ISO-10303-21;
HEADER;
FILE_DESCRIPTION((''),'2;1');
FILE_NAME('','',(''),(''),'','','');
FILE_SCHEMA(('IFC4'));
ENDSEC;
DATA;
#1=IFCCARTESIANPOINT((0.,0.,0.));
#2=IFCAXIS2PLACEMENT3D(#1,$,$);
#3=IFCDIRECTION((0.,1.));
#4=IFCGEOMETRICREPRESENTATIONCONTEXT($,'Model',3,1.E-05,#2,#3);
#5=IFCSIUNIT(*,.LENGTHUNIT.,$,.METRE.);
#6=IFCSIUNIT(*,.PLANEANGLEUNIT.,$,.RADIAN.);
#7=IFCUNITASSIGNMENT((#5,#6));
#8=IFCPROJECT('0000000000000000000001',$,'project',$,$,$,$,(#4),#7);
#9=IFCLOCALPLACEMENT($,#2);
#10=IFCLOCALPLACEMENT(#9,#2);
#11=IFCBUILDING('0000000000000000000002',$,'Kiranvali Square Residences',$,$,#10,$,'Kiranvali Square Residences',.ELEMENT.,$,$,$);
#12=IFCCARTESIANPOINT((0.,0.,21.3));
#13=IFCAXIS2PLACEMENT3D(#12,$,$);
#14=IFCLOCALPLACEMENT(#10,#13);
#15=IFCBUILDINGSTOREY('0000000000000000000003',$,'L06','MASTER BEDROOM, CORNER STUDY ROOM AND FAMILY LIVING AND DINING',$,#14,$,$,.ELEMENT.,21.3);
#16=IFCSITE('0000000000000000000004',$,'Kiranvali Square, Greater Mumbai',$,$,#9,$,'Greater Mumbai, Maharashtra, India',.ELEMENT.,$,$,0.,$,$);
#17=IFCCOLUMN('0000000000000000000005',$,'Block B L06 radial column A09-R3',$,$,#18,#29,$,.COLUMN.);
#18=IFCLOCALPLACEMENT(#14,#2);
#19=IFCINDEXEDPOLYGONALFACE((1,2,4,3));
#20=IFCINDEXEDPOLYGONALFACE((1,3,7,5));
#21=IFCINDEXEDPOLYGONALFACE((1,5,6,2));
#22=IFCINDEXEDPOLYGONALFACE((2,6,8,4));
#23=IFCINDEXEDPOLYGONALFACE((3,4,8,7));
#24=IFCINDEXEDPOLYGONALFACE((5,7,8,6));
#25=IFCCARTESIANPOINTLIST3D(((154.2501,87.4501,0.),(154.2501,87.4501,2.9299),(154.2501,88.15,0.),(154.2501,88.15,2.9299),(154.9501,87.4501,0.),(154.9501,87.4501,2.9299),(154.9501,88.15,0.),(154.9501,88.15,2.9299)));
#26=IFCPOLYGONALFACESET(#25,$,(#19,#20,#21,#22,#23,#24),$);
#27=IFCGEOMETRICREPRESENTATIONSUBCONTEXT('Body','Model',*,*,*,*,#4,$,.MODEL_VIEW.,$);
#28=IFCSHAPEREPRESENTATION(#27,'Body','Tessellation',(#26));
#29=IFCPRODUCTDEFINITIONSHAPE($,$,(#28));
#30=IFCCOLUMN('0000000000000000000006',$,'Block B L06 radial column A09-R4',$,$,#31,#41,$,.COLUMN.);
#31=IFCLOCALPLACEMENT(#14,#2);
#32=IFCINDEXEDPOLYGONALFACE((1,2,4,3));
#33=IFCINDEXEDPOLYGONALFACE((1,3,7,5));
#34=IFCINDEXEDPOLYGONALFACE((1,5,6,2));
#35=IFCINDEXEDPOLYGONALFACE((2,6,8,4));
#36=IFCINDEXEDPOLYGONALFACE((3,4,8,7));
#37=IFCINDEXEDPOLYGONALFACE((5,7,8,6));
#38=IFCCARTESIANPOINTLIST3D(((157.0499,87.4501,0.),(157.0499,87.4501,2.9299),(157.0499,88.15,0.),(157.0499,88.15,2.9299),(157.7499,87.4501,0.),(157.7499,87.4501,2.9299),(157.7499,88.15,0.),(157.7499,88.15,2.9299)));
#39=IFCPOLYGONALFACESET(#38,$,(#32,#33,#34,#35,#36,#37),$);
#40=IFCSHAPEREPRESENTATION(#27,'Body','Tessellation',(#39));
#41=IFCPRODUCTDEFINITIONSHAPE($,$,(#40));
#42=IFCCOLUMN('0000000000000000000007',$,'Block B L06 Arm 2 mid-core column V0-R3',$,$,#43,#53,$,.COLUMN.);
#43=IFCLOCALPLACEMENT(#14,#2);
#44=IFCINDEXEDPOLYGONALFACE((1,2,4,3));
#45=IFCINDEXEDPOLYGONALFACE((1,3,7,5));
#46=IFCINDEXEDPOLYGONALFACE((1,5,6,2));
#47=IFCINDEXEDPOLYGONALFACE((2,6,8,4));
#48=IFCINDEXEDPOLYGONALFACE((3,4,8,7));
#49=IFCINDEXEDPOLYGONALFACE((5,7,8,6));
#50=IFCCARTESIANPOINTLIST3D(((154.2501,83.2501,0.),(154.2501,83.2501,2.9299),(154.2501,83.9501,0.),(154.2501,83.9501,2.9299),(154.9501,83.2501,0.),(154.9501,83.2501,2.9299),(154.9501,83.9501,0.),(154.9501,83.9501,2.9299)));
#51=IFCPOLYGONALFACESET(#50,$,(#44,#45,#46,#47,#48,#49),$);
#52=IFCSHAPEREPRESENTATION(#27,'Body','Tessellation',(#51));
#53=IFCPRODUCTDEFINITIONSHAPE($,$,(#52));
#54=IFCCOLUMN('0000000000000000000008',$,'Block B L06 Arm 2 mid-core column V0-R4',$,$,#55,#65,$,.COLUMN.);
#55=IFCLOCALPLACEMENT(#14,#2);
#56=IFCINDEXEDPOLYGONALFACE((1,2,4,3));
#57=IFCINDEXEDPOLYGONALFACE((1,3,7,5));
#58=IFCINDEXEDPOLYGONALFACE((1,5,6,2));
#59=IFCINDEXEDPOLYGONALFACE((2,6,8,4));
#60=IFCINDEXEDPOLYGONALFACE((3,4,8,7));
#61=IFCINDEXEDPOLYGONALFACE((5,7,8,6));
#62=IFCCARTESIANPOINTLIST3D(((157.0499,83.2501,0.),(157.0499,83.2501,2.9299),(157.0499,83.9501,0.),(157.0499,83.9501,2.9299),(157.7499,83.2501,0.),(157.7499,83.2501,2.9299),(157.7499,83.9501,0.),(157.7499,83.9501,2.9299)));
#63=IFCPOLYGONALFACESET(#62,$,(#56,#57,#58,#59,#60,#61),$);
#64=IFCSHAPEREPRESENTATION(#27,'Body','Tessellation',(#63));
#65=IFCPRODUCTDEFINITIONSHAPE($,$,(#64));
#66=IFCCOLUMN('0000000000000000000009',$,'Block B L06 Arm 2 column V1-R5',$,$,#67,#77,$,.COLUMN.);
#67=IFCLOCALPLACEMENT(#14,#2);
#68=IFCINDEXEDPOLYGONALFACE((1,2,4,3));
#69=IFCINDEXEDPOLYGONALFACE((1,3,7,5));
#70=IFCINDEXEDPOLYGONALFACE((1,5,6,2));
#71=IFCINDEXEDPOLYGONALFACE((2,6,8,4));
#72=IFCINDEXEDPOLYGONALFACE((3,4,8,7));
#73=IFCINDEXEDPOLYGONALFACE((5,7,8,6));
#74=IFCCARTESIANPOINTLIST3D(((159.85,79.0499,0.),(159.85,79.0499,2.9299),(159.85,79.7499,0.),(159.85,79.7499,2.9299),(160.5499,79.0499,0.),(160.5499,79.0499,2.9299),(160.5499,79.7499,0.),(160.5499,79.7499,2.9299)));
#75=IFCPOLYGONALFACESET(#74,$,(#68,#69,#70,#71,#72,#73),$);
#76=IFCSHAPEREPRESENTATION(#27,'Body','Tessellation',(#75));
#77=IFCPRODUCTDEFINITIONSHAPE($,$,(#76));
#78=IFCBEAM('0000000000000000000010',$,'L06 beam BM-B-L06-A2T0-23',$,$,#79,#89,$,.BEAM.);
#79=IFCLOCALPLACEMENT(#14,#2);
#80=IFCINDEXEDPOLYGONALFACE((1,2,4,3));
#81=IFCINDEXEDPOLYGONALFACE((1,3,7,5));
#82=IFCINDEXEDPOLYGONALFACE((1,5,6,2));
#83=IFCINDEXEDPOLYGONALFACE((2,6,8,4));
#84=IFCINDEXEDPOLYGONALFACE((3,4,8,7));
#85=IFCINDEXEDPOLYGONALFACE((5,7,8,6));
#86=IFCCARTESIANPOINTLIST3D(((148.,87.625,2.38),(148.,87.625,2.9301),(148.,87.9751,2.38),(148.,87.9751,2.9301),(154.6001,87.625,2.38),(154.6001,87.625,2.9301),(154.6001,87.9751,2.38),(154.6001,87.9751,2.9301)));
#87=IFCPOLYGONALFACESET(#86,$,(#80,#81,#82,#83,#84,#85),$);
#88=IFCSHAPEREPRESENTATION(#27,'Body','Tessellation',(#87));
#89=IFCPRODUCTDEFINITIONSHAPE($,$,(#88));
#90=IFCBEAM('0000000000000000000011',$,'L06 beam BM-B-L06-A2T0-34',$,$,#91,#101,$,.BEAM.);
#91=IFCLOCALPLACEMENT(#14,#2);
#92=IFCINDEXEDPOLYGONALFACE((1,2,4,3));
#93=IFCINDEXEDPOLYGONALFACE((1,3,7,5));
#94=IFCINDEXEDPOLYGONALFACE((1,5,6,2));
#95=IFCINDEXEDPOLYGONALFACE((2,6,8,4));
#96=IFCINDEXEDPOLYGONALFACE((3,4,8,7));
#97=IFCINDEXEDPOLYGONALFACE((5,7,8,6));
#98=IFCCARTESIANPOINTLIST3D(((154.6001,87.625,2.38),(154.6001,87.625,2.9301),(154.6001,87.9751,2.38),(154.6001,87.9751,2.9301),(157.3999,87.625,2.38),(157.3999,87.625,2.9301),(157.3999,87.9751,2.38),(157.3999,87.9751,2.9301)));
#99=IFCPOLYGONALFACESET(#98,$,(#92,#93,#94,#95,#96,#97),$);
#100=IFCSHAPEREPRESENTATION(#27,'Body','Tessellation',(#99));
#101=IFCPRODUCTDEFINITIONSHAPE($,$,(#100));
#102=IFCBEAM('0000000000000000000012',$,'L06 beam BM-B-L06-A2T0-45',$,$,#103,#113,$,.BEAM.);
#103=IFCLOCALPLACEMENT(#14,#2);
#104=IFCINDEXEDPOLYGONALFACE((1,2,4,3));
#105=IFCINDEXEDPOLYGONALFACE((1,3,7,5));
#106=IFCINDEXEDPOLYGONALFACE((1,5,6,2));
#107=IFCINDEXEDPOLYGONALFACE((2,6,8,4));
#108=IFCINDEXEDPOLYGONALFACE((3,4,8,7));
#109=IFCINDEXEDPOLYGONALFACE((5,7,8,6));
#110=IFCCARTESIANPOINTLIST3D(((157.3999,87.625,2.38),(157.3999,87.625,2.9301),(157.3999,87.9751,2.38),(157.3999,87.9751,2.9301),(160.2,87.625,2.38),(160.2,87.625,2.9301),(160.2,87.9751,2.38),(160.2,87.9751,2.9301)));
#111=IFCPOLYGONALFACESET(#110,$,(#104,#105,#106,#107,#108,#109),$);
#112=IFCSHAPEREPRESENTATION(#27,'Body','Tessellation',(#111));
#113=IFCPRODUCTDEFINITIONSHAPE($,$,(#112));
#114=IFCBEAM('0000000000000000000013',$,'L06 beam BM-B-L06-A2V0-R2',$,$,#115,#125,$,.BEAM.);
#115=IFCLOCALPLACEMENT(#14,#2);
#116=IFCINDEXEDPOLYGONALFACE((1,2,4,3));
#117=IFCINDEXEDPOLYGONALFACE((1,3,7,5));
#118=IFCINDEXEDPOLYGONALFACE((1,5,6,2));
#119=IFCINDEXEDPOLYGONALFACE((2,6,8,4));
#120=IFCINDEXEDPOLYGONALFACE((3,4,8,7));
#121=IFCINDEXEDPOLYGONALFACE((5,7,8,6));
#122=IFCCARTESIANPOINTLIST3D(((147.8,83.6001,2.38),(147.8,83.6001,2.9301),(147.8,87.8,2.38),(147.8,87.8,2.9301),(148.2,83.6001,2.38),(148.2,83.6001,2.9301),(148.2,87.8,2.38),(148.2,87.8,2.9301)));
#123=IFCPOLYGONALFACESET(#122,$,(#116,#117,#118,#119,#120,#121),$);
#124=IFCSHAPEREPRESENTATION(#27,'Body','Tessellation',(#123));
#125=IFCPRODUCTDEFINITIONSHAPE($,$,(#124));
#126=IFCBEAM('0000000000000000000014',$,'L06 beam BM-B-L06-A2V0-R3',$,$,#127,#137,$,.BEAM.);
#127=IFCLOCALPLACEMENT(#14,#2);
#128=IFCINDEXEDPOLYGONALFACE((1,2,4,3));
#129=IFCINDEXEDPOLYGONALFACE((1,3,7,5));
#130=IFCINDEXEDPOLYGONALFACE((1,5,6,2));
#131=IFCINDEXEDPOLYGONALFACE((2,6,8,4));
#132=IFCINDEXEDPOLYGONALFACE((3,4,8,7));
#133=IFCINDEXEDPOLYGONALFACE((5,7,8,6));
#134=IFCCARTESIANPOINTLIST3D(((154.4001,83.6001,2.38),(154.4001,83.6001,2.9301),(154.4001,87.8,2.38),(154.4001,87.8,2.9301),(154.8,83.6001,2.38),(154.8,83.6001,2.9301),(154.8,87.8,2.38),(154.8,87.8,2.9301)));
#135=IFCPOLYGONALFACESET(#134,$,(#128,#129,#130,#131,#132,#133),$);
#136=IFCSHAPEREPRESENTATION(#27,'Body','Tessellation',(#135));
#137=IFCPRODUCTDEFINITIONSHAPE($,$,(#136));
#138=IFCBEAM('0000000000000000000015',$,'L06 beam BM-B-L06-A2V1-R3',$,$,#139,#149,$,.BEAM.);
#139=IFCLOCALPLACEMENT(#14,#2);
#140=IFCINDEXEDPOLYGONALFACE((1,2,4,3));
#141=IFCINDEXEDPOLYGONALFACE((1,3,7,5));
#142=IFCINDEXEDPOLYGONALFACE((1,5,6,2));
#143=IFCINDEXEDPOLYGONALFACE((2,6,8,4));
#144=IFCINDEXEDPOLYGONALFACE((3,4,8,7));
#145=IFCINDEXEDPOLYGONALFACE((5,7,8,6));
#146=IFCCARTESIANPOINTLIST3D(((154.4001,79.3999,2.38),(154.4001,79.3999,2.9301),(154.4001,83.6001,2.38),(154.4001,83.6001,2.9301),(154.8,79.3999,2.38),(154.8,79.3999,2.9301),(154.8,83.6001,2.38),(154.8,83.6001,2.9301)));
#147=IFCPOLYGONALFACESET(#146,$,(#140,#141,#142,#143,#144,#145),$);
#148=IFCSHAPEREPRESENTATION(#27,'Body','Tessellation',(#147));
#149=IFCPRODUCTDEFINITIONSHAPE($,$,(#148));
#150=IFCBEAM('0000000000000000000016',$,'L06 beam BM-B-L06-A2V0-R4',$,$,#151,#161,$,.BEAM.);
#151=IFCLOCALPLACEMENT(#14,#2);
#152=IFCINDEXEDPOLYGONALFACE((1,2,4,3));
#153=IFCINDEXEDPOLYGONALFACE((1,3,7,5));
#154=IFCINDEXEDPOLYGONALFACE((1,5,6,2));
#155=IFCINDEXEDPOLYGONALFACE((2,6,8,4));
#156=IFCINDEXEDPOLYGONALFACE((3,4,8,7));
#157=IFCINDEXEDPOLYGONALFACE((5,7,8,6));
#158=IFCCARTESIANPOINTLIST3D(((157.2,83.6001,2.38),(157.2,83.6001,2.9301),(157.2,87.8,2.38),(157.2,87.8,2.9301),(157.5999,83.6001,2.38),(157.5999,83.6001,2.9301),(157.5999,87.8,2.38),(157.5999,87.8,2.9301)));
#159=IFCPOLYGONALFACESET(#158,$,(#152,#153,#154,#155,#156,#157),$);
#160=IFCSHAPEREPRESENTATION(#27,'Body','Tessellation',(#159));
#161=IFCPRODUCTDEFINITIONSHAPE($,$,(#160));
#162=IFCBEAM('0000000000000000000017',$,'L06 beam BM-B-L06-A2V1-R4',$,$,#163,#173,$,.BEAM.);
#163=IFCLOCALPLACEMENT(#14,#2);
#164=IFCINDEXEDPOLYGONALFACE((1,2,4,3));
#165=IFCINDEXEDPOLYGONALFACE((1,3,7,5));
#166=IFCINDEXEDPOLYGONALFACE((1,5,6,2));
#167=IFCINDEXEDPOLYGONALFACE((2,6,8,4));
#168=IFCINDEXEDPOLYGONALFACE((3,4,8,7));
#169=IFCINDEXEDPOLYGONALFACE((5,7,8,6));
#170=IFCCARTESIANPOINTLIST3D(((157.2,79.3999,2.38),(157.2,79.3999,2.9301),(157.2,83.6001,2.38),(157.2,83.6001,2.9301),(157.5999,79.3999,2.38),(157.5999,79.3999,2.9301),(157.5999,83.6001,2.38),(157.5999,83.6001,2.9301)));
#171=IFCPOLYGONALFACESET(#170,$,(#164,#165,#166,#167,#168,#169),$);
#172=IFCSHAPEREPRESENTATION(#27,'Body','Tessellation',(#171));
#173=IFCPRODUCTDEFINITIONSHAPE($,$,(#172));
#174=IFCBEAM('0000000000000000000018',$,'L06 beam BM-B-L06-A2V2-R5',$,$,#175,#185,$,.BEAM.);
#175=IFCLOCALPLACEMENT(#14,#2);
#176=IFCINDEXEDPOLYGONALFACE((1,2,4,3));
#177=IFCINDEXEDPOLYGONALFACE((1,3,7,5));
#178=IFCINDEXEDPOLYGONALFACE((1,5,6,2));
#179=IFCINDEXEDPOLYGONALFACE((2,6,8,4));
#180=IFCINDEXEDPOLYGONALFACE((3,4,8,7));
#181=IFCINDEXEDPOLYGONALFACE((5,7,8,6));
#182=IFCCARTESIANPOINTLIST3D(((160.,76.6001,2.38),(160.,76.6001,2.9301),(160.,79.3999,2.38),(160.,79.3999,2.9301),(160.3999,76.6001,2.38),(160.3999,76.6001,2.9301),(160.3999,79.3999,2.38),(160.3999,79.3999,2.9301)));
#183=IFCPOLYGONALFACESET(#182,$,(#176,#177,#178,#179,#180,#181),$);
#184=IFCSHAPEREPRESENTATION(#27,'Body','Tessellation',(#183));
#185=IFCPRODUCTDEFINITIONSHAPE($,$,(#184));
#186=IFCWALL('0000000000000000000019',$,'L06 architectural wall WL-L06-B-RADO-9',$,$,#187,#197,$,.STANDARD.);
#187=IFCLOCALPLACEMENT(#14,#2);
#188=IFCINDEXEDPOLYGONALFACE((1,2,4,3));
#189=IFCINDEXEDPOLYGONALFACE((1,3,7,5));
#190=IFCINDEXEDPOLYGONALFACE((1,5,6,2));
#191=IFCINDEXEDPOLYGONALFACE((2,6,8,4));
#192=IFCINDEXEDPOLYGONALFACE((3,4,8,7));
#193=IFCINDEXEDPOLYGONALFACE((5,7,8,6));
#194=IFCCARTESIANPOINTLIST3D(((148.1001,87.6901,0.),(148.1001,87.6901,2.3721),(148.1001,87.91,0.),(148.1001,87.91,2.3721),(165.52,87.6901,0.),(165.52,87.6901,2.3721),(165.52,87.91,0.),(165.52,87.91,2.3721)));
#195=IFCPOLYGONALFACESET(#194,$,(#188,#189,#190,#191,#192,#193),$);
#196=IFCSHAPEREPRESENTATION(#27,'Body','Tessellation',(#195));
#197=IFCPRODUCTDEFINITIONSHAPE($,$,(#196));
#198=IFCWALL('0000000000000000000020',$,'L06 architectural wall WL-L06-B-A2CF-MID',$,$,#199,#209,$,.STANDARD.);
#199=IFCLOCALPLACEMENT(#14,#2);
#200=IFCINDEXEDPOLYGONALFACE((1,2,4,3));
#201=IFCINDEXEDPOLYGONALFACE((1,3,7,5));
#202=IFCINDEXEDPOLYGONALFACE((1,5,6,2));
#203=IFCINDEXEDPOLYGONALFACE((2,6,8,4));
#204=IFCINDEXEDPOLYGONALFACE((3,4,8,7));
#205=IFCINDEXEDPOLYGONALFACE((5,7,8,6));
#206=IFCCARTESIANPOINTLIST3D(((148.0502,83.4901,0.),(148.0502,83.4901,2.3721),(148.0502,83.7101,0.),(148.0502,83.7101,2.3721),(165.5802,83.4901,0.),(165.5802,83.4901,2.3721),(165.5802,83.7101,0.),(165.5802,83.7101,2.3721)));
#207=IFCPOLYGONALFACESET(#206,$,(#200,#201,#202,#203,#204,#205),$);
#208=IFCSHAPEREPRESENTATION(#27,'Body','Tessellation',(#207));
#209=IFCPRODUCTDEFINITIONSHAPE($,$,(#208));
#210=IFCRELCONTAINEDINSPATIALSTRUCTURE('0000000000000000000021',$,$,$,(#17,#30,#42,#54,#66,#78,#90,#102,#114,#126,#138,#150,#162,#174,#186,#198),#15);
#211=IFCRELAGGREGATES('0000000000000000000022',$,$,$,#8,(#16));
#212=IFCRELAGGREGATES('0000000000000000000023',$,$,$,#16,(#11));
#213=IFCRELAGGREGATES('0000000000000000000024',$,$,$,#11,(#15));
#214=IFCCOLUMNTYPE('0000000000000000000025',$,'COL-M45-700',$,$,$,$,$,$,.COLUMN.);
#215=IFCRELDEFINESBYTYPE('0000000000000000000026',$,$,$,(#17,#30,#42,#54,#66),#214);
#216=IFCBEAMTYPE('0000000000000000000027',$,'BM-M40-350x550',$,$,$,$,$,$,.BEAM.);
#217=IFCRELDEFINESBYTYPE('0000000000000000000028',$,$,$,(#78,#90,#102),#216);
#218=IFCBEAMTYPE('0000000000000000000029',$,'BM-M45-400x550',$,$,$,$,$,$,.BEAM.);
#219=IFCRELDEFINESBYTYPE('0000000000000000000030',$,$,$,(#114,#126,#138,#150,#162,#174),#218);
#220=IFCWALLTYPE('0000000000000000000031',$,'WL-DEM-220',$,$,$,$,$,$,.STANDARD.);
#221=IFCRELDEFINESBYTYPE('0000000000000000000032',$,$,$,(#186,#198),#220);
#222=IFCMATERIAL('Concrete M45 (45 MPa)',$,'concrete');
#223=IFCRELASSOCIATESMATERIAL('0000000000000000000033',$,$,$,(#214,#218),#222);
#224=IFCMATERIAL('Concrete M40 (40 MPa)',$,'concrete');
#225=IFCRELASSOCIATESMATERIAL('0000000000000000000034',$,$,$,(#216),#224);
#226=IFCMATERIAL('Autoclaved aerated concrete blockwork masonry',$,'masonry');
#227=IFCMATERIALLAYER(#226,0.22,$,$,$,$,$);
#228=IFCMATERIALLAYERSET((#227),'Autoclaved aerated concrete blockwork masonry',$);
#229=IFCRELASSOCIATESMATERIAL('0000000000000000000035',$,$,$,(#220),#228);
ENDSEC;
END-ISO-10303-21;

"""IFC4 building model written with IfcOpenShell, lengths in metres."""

from ifc_helpers import new_model, si_unit, direction, frame, frame_2d, origin, origin_2d, place, context, subcontext, project, spatial, rectangle, extrude, material, layer, layer_set, material_profile, profile_set, type_object, element, save


model = new_model("IFC4")

# Units and contexts
model_context = context("Model", 3, precision=1e-05, world=origin(), true_north=direction((0.0, 1.0)))
body_context = subcontext(model_context, "Body", "Model", "MODEL_VIEW")
ifc_project = project(units=[si_unit("LENGTHUNIT", "METRE"), si_unit("PLANEANGLEUNIT", "RADIAN")], contexts=[model_context])

# Site, building, storey
site_placement = place(None, origin())
site = spatial("IfcSite", under=ifc_project, at=site_placement, Name="Kiranvali Square, Greater Mumbai", LongName="Greater Mumbai, Maharashtra, India", CompositionType="ELEMENT", RefElevation=0.0)
building_placement = place(site_placement, origin())
building = spatial("IfcBuilding", under=site, at=building_placement, Name="Kiranvali Square Residences", LongName="Kiranvali Square Residences", CompositionType="ELEMENT")
storey_placement = place(building_placement, frame((0.0, 0.0, 21.3)))
storey = spatial("IfcBuildingStorey", under=building, at=storey_placement, Name="L06", Description="MASTER BEDROOM, CORNER STUDY ROOM AND FAMILY LIVING AND DINING", CompositionType="ELEMENT", Elevation=21.3)

# Columns
ifc_material_1 = material(Name="Concrete M45 (45 MPa)", Category="concrete")
ifc_material_profile_1 = material_profile(ifc_material_1, rectangle(XDim=0.7, YDim=0.7, at=origin_2d()), Name="RC 700x700")
ifc_profile_set_1 = profile_set([ifc_material_profile_1], Name="Concrete M45 (45 MPa)")
column_type = type_object("IfcColumnType", Name="COL-M45-700", PredefinedType="COLUMN", material=ifc_profile_set_1)
for number, where, z_axis, x_axis, name in (
    (1, (154.6001, 87.8, 0.0), (0.0, 0.0, 1.0), (0.0, 1.0, 0.0), "Block B L06 radial column A09-R3"),
    (2, (157.3999, 87.8, 0.0), (0.0, 0.0, 1.0), (0.0, 1.0, 0.0), "Block B L06 radial column A09-R4"),
    (3, (154.6001, 83.6001, 0.0), (0.0, 0.0, 1.0), (1.0, 0.0, 0.0), "Block B L06 Arm 2 mid-core column V0-R3"),
    (4, (157.3999, 83.6001, 0.0), (0.0, 0.0, 1.0), (1.0, 0.0, 0.0), "Block B L06 Arm 2 mid-core column V0-R4"),
    (5, (160.2, 79.3999, 0.0), (0.0, 0.0, 1.0), (1.0, 0.0, 0.0), "Block B L06 Arm 2 column V1-R5"),
):
    element("IfcColumn", number, at=place(storey_placement, frame(where, z_axis=z_axis, x_axis=x_axis)), inside=storey, type_object=column_type, Name=name, PredefinedType="COLUMN", context=body_context, shape_type="SweptSolid", body=[
        extrude(rectangle(XDim=0.7, YDim=0.7, at=origin_2d()), origin(), (0.0, 0.0, 1.0), 2.9299),
    ])

# Beams
ifc_material_2 = material(Name="Concrete M40 (40 MPa)", Category="concrete")
ifc_material_profile_2 = material_profile(ifc_material_2, rectangle(XDim=0.3501, YDim=0.55, at=origin_2d()), Name="RC 350x550")
ifc_profile_set_2 = profile_set([ifc_material_profile_2], Name="Concrete M40 (40 MPa)")
beam_type_1 = type_object("IfcBeamType", Name="BM-M40-350x550", PredefinedType="BEAM", material=ifc_profile_set_2)
beam_1_placement = place(storey_placement, frame((148.0, 87.8, 2.655), z_axis=(1.0, 0.0, 0.0), x_axis=(0.0, 1.0, 0.0)))
element("IfcBeam", 6, at=beam_1_placement, inside=storey, type_object=beam_type_1, Name="L06 beam BM-B-L06-A2T0-23", PredefinedType="BEAM", context=body_context, shape_type="SweptSolid", body=[
    extrude(rectangle(XDim=0.3501, YDim=0.55, at=origin_2d()), origin(), (0.0, 0.0, 1.0), 6.6001),
])
beam_2_placement = place(storey_placement, frame((154.6001, 87.8, 2.655), z_axis=(1.0, 0.0, 0.0), x_axis=(0.0, 1.0, 0.0)))
element("IfcBeam", 7, at=beam_2_placement, inside=storey, type_object=beam_type_1, Name="L06 beam BM-B-L06-A2T0-34", PredefinedType="BEAM", context=body_context, shape_type="SweptSolid", body=[
    extrude(rectangle(XDim=0.3501, YDim=0.55, at=origin_2d()), origin(), (0.0, 0.0, 1.0), 2.7998),
])
beam_3_placement = place(storey_placement, frame((157.3999, 87.8, 2.655), z_axis=(1.0, 0.0, 0.0), x_axis=(0.0, 1.0, 0.0)))
element("IfcBeam", 8, at=beam_3_placement, inside=storey, type_object=beam_type_1, Name="L06 beam BM-B-L06-A2T0-45", PredefinedType="BEAM", context=body_context, shape_type="SweptSolid", body=[
    extrude(rectangle(XDim=0.3501, YDim=0.55, at=origin_2d()), origin(), (0.0, 0.0, 1.0), 2.8),
])
ifc_material_profile_3 = material_profile(ifc_material_1, rectangle(XDim=0.3999, YDim=0.55, at=origin_2d()), Name="RC 400x550")
ifc_profile_set_3 = profile_set([ifc_material_profile_3], Name="Concrete M45 (45 MPa)")
beam_type_2 = type_object("IfcBeamType", Name="BM-M45-400x550", PredefinedType="BEAM", material=ifc_profile_set_3)
for number, where, z_axis, x_axis, name in (
    (9, (148.0, 87.8, 2.655), (0.0, -1.0, 0.0), (1.0, 0.0, 0.0), "L06 beam BM-B-L06-A2V0-R2"),
    (10, (154.6001, 87.8, 2.655), (0.0, -1.0, 0.0), (1.0, 0.0, 0.0), "L06 beam BM-B-L06-A2V0-R3"),
):
    element("IfcBeam", number, at=place(storey_placement, frame(where, z_axis=z_axis, x_axis=x_axis)), inside=storey, type_object=beam_type_2, Name=name, PredefinedType="BEAM", context=body_context, shape_type="SweptSolid", body=[
        extrude(rectangle(XDim=0.3999, YDim=0.55, at=origin_2d()), origin(), (0.0, 0.0, 1.0), 4.2),
    ])
beam_4_placement = place(storey_placement, frame((154.6001, 83.6001, 2.655), z_axis=(0.0, -1.0, 0.0), x_axis=(1.0, 0.0, 0.0)))
element("IfcBeam", 11, at=beam_4_placement, inside=storey, type_object=beam_type_2, Name="L06 beam BM-B-L06-A2V1-R3", PredefinedType="BEAM", context=body_context, shape_type="SweptSolid", body=[
    extrude(rectangle(XDim=0.3999, YDim=0.55, at=origin_2d()), origin(), (0.0, 0.0, 1.0), 4.2002),
])
beam_5_placement = place(storey_placement, frame((157.3999, 87.8, 2.655), z_axis=(0.0, -1.0, 0.0), x_axis=(1.0, 0.0, 0.0)))
element("IfcBeam", 12, at=beam_5_placement, inside=storey, type_object=beam_type_2, Name="L06 beam BM-B-L06-A2V0-R4", PredefinedType="BEAM", context=body_context, shape_type="SweptSolid", body=[
    extrude(rectangle(XDim=0.3999, YDim=0.55, at=origin_2d()), origin(), (0.0, 0.0, 1.0), 4.2),
])
beam_6_placement = place(storey_placement, frame((157.3999, 83.6001, 2.655), z_axis=(0.0, -1.0, 0.0), x_axis=(1.0, 0.0, 0.0)))
element("IfcBeam", 13, at=beam_6_placement, inside=storey, type_object=beam_type_2, Name="L06 beam BM-B-L06-A2V1-R4", PredefinedType="BEAM", context=body_context, shape_type="SweptSolid", body=[
    extrude(rectangle(XDim=0.3999, YDim=0.55, at=origin_2d()), origin(), (0.0, 0.0, 1.0), 4.2002),
])
beam_7_placement = place(storey_placement, frame((160.2, 79.3999, 2.655), z_axis=(0.0, -1.0, 0.0), x_axis=(1.0, 0.0, 0.0)))
element("IfcBeam", 14, at=beam_7_placement, inside=storey, type_object=beam_type_2, Name="L06 beam BM-B-L06-A2V2-R5", PredefinedType="BEAM", context=body_context, shape_type="SweptSolid", body=[
    extrude(rectangle(XDim=0.3999, YDim=0.55, at=origin_2d()), origin(), (0.0, 0.0, 1.0), 2.7998),
])

# Walls
ifc_material_3 = material(Name="Autoclaved aerated concrete blockwork masonry", Category="masonry")
ifc_layer_1 = layer(ifc_material_3, 0.22)
ifc_layer_set_1 = layer_set([ifc_layer_1], Name="Autoclaved aerated concrete blockwork masonry")
wall_type_1 = type_object("IfcWallType", Name="WL-DEM-220", PredefinedType="STANDARD", material=ifc_layer_set_1)
wall_1_placement = place(storey_placement, frame((148.1001, 87.8, 0.0), z_axis=(0.0, 0.0, 1.0), x_axis=(1.0, 0.0, 0.0)))
element("IfcWall", 15, at=wall_1_placement, inside=storey, type_object=wall_type_1, Name="L06 architectural wall WL-L06-B-RADO-9", PredefinedType="STANDARD", context=body_context, shape_type="SweptSolid", body=[
    extrude(rectangle(XDim=17.4199, YDim=0.22, at=frame_2d((8.71, 0.0))), origin(), (0.0, 0.0, 1.0), 2.3721),
])
wall_2_placement = place(storey_placement, frame((148.05, 83.6001, 0.0), z_axis=(0.0, 0.0, 1.0), x_axis=(1.0, 0.0, 0.0)))
element("IfcWall", 16, at=wall_2_placement, inside=storey, type_object=wall_type_1, Name="L06 architectural wall WL-L06-B-A2CF-MID", PredefinedType="STANDARD", context=body_context, shape_type="SweptSolid", body=[
    extrude(rectangle(XDim=17.53, YDim=0.22, at=frame_2d((8.7651, 0.0))), origin(), (0.0, 0.0, 1.0), 2.3721),
])

save(model, "model.ifc")
